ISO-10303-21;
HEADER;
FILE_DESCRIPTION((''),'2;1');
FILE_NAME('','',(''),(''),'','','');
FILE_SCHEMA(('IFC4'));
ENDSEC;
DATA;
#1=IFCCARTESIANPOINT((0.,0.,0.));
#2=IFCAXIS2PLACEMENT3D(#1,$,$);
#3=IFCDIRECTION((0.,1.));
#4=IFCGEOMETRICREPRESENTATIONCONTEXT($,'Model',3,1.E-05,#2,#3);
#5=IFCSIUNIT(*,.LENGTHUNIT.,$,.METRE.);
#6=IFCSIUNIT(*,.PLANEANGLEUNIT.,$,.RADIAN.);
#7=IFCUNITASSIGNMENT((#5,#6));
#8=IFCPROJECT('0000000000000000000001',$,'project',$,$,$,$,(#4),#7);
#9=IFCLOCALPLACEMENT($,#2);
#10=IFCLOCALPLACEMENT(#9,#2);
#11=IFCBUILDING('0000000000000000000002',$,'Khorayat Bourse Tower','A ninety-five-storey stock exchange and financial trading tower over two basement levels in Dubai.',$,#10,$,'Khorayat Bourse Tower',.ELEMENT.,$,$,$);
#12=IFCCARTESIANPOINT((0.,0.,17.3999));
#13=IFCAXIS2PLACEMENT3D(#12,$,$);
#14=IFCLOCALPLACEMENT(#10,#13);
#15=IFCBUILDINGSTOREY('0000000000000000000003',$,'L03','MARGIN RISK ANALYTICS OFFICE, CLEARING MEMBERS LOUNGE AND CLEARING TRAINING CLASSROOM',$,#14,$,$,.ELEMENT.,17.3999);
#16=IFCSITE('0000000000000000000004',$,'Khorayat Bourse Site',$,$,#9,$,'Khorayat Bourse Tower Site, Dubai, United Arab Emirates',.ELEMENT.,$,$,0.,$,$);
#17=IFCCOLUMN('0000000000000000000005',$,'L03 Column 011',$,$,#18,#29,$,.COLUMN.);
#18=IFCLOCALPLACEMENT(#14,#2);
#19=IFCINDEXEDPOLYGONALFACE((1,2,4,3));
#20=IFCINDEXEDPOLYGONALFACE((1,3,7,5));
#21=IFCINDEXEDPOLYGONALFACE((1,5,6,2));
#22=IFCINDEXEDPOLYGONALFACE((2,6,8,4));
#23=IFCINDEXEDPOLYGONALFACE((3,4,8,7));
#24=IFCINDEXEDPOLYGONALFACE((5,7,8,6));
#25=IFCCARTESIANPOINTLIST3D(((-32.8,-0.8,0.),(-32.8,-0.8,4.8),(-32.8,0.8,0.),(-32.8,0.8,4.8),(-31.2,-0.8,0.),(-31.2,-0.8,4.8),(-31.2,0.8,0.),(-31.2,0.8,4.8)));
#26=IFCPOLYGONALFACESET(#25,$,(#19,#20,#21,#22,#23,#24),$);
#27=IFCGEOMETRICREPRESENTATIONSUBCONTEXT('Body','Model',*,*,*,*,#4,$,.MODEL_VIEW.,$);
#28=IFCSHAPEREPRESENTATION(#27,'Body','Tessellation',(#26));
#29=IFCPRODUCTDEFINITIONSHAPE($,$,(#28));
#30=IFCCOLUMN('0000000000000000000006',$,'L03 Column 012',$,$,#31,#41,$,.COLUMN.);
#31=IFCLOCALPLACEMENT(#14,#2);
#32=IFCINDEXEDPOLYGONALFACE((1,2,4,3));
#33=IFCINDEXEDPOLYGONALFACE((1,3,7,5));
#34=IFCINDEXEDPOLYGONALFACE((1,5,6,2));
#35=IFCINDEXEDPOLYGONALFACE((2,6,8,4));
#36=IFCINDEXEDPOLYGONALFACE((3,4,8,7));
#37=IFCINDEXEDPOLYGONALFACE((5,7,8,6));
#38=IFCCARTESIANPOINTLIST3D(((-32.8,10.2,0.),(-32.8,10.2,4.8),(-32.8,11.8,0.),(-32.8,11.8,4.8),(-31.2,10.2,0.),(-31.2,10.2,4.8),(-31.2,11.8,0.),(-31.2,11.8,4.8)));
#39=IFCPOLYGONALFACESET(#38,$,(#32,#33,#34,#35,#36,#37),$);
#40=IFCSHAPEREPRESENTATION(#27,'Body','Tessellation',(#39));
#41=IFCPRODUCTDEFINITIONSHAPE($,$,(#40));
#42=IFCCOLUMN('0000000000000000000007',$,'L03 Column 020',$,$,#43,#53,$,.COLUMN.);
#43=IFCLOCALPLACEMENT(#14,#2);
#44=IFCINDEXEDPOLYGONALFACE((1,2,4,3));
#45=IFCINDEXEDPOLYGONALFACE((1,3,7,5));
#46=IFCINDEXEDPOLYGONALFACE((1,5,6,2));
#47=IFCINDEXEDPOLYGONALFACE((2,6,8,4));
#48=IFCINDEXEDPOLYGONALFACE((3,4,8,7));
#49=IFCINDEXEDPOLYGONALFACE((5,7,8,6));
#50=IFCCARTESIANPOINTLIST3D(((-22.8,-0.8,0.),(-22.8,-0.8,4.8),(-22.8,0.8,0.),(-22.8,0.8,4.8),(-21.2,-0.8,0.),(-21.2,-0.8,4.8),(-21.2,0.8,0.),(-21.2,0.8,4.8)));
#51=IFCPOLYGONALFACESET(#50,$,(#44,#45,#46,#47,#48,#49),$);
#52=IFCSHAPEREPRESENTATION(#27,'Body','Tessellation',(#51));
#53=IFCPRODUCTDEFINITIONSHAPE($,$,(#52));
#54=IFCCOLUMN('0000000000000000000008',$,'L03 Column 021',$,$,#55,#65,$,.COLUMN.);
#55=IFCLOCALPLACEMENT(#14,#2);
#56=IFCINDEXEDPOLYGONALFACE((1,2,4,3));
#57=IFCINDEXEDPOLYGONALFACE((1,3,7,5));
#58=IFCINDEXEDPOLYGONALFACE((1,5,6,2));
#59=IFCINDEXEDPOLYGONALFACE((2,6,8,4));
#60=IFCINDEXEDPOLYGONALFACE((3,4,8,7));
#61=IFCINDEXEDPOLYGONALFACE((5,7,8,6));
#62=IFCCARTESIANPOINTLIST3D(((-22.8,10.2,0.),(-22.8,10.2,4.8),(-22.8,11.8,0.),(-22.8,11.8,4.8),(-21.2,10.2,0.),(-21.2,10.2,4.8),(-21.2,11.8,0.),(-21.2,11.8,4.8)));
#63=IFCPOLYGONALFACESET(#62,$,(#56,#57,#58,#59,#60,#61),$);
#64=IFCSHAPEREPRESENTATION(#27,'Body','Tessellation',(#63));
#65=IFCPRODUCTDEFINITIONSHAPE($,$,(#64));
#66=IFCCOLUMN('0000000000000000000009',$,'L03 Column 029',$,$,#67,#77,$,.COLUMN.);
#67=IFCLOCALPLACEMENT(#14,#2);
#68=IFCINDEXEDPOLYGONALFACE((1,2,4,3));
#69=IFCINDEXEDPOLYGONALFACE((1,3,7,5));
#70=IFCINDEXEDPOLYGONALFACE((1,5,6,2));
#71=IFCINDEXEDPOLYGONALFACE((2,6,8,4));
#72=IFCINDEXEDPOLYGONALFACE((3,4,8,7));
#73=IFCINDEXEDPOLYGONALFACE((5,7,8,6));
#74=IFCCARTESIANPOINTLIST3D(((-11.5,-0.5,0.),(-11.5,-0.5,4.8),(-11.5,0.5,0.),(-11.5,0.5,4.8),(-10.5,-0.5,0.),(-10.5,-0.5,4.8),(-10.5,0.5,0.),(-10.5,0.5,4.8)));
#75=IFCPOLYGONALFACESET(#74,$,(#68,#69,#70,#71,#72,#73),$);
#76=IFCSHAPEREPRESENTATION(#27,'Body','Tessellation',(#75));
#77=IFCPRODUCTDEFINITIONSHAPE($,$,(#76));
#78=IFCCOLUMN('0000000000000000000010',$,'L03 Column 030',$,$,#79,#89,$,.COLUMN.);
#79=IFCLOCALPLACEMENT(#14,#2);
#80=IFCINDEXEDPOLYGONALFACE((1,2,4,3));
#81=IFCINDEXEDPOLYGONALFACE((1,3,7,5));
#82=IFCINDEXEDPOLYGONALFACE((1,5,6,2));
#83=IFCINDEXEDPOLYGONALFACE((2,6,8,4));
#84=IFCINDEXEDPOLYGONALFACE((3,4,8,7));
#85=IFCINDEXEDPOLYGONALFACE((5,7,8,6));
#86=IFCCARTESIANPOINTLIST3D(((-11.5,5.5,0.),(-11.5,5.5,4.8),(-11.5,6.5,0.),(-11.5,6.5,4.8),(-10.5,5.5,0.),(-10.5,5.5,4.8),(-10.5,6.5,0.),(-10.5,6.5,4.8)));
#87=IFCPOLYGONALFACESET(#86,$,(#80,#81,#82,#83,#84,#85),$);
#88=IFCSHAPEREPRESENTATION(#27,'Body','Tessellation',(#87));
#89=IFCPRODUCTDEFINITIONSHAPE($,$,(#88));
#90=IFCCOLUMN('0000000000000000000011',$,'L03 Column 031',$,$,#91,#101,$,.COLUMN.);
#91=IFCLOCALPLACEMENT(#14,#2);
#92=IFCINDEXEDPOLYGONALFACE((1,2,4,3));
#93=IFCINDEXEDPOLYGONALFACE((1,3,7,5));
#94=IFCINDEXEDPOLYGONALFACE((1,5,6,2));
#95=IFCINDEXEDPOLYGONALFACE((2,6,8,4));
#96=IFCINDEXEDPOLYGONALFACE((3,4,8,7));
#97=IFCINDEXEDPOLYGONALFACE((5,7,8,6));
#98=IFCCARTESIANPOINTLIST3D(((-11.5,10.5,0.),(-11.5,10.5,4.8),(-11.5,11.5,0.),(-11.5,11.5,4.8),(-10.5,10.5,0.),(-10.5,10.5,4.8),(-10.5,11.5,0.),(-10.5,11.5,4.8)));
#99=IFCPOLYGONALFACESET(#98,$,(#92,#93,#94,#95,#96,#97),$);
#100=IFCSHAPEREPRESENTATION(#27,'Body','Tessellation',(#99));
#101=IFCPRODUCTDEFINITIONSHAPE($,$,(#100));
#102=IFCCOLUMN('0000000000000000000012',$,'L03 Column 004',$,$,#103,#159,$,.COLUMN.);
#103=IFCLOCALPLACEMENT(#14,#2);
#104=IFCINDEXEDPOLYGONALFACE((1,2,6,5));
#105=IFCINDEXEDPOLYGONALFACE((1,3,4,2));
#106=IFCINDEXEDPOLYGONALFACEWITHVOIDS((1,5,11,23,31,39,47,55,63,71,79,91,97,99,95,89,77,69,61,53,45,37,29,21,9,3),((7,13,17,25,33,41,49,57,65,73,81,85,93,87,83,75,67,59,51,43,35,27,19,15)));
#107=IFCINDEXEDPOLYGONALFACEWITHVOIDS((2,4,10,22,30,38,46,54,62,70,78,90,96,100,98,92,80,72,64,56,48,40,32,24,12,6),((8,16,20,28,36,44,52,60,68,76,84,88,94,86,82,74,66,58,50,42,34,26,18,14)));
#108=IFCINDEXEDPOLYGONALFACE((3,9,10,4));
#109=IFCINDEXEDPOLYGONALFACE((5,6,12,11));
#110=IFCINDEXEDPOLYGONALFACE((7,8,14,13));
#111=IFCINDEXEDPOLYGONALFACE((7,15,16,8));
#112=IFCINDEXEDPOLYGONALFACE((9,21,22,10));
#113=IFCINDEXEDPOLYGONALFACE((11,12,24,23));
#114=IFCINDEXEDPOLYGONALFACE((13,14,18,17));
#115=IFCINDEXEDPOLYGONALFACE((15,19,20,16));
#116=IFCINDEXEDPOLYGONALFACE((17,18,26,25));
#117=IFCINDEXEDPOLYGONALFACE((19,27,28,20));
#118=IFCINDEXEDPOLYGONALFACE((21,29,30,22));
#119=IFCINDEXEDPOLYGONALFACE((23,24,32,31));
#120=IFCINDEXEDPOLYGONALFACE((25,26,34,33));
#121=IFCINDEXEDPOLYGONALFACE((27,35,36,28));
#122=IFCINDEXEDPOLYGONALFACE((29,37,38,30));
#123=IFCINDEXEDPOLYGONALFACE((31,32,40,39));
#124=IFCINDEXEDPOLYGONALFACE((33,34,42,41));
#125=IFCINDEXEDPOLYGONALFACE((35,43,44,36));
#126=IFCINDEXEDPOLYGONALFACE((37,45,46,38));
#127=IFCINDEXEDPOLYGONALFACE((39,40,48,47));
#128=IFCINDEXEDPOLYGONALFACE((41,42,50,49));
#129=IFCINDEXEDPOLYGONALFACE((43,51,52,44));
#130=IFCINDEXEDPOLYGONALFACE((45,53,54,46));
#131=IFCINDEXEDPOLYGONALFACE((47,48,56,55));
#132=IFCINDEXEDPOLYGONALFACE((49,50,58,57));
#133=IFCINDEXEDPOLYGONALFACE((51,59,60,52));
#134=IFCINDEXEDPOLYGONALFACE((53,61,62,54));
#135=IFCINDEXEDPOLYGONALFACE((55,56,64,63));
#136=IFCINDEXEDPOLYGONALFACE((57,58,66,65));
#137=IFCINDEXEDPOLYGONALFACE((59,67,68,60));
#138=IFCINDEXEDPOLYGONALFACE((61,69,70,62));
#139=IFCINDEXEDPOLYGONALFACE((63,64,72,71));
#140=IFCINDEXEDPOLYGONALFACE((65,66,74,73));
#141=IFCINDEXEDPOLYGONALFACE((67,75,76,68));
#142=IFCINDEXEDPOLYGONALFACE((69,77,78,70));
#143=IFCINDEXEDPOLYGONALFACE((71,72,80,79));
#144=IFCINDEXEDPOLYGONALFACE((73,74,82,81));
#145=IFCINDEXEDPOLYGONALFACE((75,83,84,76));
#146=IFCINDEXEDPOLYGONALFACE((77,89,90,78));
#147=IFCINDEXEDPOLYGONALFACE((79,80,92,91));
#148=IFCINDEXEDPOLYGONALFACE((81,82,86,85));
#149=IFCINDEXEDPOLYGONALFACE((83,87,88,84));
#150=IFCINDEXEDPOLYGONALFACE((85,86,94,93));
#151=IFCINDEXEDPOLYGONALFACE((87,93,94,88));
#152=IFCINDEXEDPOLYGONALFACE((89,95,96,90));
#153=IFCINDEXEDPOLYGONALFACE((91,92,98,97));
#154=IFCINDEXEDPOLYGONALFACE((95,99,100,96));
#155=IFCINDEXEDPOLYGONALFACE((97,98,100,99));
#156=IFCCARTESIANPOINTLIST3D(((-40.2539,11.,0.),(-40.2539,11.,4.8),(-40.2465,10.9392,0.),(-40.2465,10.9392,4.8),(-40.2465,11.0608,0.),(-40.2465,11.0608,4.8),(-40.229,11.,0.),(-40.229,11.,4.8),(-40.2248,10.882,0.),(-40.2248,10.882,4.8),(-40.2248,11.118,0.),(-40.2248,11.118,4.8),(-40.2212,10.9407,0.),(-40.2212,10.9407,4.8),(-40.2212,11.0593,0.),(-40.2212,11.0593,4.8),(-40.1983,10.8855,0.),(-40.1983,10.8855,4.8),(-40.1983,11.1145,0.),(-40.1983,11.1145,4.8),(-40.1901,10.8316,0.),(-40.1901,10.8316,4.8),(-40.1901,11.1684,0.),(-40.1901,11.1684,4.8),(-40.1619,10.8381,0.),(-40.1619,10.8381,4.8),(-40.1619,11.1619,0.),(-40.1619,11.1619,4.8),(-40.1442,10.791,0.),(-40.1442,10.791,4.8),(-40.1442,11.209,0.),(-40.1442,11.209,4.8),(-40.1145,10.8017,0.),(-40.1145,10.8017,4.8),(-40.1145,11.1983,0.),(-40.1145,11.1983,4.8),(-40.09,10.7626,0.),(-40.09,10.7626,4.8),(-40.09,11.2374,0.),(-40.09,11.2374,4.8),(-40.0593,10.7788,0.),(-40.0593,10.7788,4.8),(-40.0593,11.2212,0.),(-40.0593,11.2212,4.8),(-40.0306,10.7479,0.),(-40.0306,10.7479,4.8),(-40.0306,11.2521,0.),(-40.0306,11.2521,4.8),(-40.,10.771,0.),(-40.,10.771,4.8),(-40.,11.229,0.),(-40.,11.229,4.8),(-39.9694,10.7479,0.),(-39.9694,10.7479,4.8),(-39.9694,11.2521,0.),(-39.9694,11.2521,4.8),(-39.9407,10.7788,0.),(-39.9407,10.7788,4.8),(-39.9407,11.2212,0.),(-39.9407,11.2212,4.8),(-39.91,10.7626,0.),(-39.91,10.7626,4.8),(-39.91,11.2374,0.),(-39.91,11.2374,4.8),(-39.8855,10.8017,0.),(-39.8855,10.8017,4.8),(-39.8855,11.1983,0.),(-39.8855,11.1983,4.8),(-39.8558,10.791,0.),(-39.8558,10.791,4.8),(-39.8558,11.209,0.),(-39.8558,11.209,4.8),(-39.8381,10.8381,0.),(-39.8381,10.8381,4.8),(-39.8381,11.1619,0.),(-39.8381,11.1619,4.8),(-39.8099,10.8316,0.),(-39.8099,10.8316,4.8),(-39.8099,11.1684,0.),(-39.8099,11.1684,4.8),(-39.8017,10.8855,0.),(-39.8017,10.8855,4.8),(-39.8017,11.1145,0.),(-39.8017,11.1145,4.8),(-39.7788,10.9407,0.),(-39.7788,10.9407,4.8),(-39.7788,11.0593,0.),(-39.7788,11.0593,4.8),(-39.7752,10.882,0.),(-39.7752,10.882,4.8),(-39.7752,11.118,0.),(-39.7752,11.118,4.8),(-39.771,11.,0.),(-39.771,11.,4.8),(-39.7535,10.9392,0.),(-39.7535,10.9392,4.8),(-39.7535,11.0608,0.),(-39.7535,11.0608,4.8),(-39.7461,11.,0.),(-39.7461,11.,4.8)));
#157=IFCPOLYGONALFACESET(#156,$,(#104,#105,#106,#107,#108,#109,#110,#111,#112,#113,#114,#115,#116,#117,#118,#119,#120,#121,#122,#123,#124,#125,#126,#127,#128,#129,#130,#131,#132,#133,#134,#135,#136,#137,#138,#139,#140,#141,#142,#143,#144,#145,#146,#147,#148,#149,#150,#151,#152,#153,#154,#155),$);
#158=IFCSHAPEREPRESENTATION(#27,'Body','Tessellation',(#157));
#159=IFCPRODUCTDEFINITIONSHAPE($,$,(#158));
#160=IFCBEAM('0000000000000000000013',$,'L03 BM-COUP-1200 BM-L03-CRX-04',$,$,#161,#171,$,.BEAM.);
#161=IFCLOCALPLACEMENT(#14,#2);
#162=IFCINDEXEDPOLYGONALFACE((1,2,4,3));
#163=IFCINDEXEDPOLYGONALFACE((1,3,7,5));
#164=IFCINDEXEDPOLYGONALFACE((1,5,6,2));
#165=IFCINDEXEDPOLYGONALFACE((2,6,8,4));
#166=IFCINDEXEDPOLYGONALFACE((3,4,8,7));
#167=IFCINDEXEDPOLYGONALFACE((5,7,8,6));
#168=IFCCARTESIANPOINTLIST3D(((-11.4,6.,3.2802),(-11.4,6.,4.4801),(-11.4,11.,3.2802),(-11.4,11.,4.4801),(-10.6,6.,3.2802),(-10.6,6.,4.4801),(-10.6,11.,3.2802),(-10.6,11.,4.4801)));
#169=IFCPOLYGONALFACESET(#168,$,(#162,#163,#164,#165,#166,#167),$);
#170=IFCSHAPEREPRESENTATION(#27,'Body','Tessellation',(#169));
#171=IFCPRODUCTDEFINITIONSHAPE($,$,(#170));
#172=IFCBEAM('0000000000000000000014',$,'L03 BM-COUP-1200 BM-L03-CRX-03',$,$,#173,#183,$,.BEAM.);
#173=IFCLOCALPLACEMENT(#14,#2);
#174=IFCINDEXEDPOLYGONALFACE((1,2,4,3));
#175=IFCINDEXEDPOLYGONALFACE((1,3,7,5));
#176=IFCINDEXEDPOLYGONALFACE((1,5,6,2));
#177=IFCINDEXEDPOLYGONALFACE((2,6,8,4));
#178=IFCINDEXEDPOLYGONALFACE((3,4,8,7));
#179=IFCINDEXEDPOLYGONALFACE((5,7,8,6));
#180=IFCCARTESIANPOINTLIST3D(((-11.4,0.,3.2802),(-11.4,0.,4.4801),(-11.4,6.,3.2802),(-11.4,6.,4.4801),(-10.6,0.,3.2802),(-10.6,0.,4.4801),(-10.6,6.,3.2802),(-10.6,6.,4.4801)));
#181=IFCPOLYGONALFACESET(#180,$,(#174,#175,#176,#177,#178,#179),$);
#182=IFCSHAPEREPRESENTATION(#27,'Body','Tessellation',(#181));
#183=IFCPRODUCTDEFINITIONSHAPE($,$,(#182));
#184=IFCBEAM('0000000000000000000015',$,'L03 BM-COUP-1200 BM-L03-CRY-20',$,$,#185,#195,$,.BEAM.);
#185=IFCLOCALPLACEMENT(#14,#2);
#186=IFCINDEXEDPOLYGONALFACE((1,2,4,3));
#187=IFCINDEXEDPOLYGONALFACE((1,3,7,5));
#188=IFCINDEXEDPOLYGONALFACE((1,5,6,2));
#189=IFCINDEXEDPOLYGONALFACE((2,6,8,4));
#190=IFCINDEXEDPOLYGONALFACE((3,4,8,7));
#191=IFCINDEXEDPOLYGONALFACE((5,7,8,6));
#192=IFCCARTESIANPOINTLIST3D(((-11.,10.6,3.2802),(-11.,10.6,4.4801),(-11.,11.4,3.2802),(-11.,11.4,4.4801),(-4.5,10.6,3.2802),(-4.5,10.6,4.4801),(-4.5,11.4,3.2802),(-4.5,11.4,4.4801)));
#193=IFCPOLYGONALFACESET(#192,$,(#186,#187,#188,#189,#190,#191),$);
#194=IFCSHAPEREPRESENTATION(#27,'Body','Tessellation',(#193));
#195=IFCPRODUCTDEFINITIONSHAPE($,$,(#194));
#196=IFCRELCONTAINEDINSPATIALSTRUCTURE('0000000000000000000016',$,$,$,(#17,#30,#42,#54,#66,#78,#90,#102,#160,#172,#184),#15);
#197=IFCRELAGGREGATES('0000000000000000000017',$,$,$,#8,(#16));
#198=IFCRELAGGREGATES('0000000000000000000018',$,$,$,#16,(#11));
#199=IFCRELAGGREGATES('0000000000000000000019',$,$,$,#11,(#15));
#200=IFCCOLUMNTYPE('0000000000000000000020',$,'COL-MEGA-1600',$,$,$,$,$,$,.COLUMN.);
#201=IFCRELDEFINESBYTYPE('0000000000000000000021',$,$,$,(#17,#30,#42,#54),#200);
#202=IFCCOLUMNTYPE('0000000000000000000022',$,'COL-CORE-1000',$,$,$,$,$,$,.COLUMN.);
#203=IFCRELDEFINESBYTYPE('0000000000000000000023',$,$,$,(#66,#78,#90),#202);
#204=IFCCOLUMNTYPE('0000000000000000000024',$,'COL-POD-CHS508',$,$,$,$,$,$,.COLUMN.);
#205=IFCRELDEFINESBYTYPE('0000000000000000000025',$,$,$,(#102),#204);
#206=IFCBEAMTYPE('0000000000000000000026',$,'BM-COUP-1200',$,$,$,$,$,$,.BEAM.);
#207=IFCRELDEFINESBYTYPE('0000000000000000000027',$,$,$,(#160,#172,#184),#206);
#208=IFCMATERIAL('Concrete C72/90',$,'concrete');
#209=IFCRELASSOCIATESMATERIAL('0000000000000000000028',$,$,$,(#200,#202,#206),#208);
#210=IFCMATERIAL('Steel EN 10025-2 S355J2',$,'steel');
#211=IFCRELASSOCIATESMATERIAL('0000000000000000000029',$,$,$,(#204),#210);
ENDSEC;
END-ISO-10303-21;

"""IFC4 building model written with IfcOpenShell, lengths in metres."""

from ifc_helpers import new_model, si_unit, direction, frame, origin, origin_2d, place, context, subcontext, project, spatial, rectangle, hollow_circle, extrude, source, transform, mapped, material, material_profile, profile_set, type_object, element, save


model = new_model("IFC4")

# Units and contexts
model_context = context("Model", 3, precision=1e-05, world=origin(), true_north=direction((0.0, 1.0)))
body_context = subcontext(model_context, "Body", "Model", "MODEL_VIEW")
ifc_project = project(units=[si_unit("LENGTHUNIT", "METRE"), si_unit("PLANEANGLEUNIT", "RADIAN")], contexts=[model_context])

# Site, building, storey
site_placement = place(None, origin())
site = spatial("IfcSite", under=ifc_project, at=site_placement, Name="Khorayat Bourse Site", LongName="Khorayat Bourse Tower Site, Dubai, United Arab Emirates", CompositionType="ELEMENT", RefElevation=0.0)
building_placement = place(site_placement, origin())
building = spatial("IfcBuilding", under=site, at=building_placement, Name="Khorayat Bourse Tower", Description="A ninety-five-storey stock exchange and financial trading tower over two basement levels in Dubai.", LongName="Khorayat Bourse Tower", CompositionType="ELEMENT")
storey_placement = place(building_placement, frame((0.0, 0.0, 17.3999)))
storey = spatial("IfcBuildingStorey", under=building, at=storey_placement, Name="L03", Description="MARGIN RISK ANALYTICS OFFICE, CLEARING MEMBERS LOUNGE AND CLEARING TRAINING CLASSROOM", CompositionType="ELEMENT", Elevation=17.3999)

# Columns
ifc_material_1 = material(Name="Concrete C72/90", Category="concrete")
ifc_material_profile_1 = material_profile(ifc_material_1, rectangle(XDim=1.6001, YDim=1.6001, at=origin_2d()), Name="RC 1600x1600")
ifc_profile_set_1 = profile_set([ifc_material_profile_1], Name="Concrete C72/90")
column_type_1 = type_object("IfcColumnType", Name="COL-MEGA-1600", PredefinedType="COLUMN", material=ifc_profile_set_1)
shared_shape_1 = source(origin(), body_context, "Body", "SweptSolid", [
    extrude(rectangle(XDim=1.6001, YDim=1.6001, at=origin_2d()), origin(), (0.0, 0.0, 1.0), 4.8),
])
for number, where, z_axis, x_axis, name in (
    (1, (-32.0, 0.0, 0.0), (0.0, 0.0, 1.0), (1.0, 0.0, 0.0), "L03 Column 011"),
    (2, (-32.0, 11.0, 0.0), (0.0, 0.0, 1.0), (1.0, 0.0, 0.0), "L03 Column 012"),
    (3, (-22.0, 0.0, 0.0), (0.0, 0.0, 1.0), (1.0, 0.0, 0.0), "L03 Column 020"),
    (4, (-22.0, 11.0, 0.0), (0.0, 0.0, 1.0), (1.0, 0.0, 0.0), "L03 Column 021"),
):
    element("IfcColumn", number, at=place(storey_placement, frame(where, z_axis=z_axis, x_axis=x_axis)), inside=storey, type_object=column_type_1, Name=name, PredefinedType="COLUMN", context=body_context, shape_type="MappedRepresentation", body=[
        mapped(shared_shape_1, transform((0.0, 0.0, 0.0), scale=1.0)),
    ])
ifc_material_profile_2 = material_profile(ifc_material_1, rectangle(XDim=1.0, YDim=1.0, at=origin_2d()), Name="RC 1000x1000")
ifc_profile_set_2 = profile_set([ifc_material_profile_2], Name="Concrete C72/90")
column_type_2 = type_object("IfcColumnType", Name="COL-CORE-1000", PredefinedType="COLUMN", material=ifc_profile_set_2)
shared_shape_2 = source(origin(), body_context, "Body", "SweptSolid", [
    extrude(rectangle(XDim=1.0, YDim=1.0, at=origin_2d()), origin(), (0.0, 0.0, 1.0), 4.8),
])
for number, where, z_axis, x_axis, name in (
    (5, (-11.0, 0.0, 0.0), (0.0, 0.0, 1.0), (1.0, 0.0, 0.0), "L03 Column 029"),
    (6, (-11.0, 6.0, 0.0), (0.0, 0.0, 1.0), (1.0, 0.0, 0.0), "L03 Column 030"),
    (7, (-11.0, 11.0, 0.0), (0.0, 0.0, 1.0), (1.0, 0.0, 0.0), "L03 Column 031"),
):
    element("IfcColumn", number, at=place(storey_placement, frame(where, z_axis=z_axis, x_axis=x_axis)), inside=storey, type_object=column_type_2, Name=name, PredefinedType="COLUMN", context=body_context, shape_type="MappedRepresentation", body=[
        mapped(shared_shape_2, transform((0.0, 0.0, 0.0), scale=1.0)),
    ])
ifc_material_2 = material(Name="Steel EN 10025-2 S355J2", Category="steel")
ifc_material_profile_3 = material_profile(ifc_material_2, hollow_circle(Radius=0.2539, WallThickness=0.0249, at=origin_2d()), Name="CHS 508x25")
ifc_profile_set_3 = profile_set([ifc_material_profile_3], Name="Steel EN 10025-2 S355J2")
column_type_3 = type_object("IfcColumnType", Name="COL-POD-CHS508", PredefinedType="COLUMN", material=ifc_profile_set_3)
shared_shape_3 = source(origin(), body_context, "Body", "SweptSolid", [
    extrude(hollow_circle(Radius=0.2539, WallThickness=0.0249, at=origin_2d()), origin(), (0.0, 0.0, 1.0), 4.8),
])
column_placement = place(storey_placement, frame((-40.0, 11.0, 0.0), z_axis=(0.0, 0.0, 1.0), x_axis=(1.0, 0.0, 0.0)))
element("IfcColumn", 8, at=column_placement, inside=storey, type_object=column_type_3, Name="L03 Column 004", PredefinedType="COLUMN", context=body_context, shape_type="MappedRepresentation", body=[
    mapped(shared_shape_3, transform((0.0, 0.0, 0.0), scale=1.0)),
])

# Beams
ifc_material_profile_4 = material_profile(ifc_material_1, rectangle(XDim=0.8, YDim=1.2, at=origin_2d()), Name="RC 800x1200")
ifc_profile_set_4 = profile_set([ifc_material_profile_4], Name="Concrete C72/90")
beam_type_1 = type_object("IfcBeamType", Name="BM-COUP-1200", PredefinedType="BEAM", material=ifc_profile_set_4)
shared_shape_4 = source(origin(), body_context, "Body", "SweptSolid", [
    extrude(rectangle(XDim=0.8, YDim=1.2, at=origin_2d()), origin(), (0.0, 0.0, 1.0), 5.0),
])
beam_1_placement = place(storey_placement, frame((-11.0, 6.0, 3.8801), z_axis=(0.0, 1.0, 0.0), x_axis=(-1.0, 0.0, 0.0)))
element("IfcBeam", 9, at=beam_1_placement, inside=storey, type_object=beam_type_1, Name="L03 BM-COUP-1200 BM-L03-CRX-04", PredefinedType="BEAM", context=body_context, shape_type="MappedRepresentation", body=[
    mapped(shared_shape_4, transform((0.0, 0.0, 0.0), scale=1.0)),
])
shared_shape_5 = source(origin(), body_context, "Body", "SweptSolid", [
    extrude(rectangle(XDim=0.8, YDim=1.2, at=origin_2d()), origin(), (0.0, 0.0, 1.0), 6.0),
])
beam_2_placement = place(storey_placement, frame((-11.0, 0.0, 3.8801), z_axis=(0.0, 1.0, 0.0), x_axis=(-1.0, 0.0, 0.0)))
element("IfcBeam", 10, at=beam_2_placement, inside=storey, type_object=beam_type_1, Name="L03 BM-COUP-1200 BM-L03-CRX-03", PredefinedType="BEAM", context=body_context, shape_type="MappedRepresentation", body=[
    mapped(shared_shape_5, transform((0.0, 0.0, 0.0), scale=1.0)),
])
shared_shape_6 = source(origin(), body_context, "Body", "SweptSolid", [
    extrude(rectangle(XDim=0.8, YDim=1.2, at=origin_2d()), origin(), (0.0, 0.0, 1.0), 6.5),
])
beam_3_placement = place(storey_placement, frame((-11.0, 11.0, 3.8801), z_axis=(1.0, 0.0, 0.0), x_axis=(0.0, 1.0, 0.0)))
element("IfcBeam", 11, at=beam_3_placement, inside=storey, type_object=beam_type_1, Name="L03 BM-COUP-1200 BM-L03-CRY-20", PredefinedType="BEAM", context=body_context, shape_type="MappedRepresentation", body=[
    mapped(shared_shape_6, transform((0.0, 0.0, 0.0), scale=1.0)),
])

save(model, "model.ifc")
